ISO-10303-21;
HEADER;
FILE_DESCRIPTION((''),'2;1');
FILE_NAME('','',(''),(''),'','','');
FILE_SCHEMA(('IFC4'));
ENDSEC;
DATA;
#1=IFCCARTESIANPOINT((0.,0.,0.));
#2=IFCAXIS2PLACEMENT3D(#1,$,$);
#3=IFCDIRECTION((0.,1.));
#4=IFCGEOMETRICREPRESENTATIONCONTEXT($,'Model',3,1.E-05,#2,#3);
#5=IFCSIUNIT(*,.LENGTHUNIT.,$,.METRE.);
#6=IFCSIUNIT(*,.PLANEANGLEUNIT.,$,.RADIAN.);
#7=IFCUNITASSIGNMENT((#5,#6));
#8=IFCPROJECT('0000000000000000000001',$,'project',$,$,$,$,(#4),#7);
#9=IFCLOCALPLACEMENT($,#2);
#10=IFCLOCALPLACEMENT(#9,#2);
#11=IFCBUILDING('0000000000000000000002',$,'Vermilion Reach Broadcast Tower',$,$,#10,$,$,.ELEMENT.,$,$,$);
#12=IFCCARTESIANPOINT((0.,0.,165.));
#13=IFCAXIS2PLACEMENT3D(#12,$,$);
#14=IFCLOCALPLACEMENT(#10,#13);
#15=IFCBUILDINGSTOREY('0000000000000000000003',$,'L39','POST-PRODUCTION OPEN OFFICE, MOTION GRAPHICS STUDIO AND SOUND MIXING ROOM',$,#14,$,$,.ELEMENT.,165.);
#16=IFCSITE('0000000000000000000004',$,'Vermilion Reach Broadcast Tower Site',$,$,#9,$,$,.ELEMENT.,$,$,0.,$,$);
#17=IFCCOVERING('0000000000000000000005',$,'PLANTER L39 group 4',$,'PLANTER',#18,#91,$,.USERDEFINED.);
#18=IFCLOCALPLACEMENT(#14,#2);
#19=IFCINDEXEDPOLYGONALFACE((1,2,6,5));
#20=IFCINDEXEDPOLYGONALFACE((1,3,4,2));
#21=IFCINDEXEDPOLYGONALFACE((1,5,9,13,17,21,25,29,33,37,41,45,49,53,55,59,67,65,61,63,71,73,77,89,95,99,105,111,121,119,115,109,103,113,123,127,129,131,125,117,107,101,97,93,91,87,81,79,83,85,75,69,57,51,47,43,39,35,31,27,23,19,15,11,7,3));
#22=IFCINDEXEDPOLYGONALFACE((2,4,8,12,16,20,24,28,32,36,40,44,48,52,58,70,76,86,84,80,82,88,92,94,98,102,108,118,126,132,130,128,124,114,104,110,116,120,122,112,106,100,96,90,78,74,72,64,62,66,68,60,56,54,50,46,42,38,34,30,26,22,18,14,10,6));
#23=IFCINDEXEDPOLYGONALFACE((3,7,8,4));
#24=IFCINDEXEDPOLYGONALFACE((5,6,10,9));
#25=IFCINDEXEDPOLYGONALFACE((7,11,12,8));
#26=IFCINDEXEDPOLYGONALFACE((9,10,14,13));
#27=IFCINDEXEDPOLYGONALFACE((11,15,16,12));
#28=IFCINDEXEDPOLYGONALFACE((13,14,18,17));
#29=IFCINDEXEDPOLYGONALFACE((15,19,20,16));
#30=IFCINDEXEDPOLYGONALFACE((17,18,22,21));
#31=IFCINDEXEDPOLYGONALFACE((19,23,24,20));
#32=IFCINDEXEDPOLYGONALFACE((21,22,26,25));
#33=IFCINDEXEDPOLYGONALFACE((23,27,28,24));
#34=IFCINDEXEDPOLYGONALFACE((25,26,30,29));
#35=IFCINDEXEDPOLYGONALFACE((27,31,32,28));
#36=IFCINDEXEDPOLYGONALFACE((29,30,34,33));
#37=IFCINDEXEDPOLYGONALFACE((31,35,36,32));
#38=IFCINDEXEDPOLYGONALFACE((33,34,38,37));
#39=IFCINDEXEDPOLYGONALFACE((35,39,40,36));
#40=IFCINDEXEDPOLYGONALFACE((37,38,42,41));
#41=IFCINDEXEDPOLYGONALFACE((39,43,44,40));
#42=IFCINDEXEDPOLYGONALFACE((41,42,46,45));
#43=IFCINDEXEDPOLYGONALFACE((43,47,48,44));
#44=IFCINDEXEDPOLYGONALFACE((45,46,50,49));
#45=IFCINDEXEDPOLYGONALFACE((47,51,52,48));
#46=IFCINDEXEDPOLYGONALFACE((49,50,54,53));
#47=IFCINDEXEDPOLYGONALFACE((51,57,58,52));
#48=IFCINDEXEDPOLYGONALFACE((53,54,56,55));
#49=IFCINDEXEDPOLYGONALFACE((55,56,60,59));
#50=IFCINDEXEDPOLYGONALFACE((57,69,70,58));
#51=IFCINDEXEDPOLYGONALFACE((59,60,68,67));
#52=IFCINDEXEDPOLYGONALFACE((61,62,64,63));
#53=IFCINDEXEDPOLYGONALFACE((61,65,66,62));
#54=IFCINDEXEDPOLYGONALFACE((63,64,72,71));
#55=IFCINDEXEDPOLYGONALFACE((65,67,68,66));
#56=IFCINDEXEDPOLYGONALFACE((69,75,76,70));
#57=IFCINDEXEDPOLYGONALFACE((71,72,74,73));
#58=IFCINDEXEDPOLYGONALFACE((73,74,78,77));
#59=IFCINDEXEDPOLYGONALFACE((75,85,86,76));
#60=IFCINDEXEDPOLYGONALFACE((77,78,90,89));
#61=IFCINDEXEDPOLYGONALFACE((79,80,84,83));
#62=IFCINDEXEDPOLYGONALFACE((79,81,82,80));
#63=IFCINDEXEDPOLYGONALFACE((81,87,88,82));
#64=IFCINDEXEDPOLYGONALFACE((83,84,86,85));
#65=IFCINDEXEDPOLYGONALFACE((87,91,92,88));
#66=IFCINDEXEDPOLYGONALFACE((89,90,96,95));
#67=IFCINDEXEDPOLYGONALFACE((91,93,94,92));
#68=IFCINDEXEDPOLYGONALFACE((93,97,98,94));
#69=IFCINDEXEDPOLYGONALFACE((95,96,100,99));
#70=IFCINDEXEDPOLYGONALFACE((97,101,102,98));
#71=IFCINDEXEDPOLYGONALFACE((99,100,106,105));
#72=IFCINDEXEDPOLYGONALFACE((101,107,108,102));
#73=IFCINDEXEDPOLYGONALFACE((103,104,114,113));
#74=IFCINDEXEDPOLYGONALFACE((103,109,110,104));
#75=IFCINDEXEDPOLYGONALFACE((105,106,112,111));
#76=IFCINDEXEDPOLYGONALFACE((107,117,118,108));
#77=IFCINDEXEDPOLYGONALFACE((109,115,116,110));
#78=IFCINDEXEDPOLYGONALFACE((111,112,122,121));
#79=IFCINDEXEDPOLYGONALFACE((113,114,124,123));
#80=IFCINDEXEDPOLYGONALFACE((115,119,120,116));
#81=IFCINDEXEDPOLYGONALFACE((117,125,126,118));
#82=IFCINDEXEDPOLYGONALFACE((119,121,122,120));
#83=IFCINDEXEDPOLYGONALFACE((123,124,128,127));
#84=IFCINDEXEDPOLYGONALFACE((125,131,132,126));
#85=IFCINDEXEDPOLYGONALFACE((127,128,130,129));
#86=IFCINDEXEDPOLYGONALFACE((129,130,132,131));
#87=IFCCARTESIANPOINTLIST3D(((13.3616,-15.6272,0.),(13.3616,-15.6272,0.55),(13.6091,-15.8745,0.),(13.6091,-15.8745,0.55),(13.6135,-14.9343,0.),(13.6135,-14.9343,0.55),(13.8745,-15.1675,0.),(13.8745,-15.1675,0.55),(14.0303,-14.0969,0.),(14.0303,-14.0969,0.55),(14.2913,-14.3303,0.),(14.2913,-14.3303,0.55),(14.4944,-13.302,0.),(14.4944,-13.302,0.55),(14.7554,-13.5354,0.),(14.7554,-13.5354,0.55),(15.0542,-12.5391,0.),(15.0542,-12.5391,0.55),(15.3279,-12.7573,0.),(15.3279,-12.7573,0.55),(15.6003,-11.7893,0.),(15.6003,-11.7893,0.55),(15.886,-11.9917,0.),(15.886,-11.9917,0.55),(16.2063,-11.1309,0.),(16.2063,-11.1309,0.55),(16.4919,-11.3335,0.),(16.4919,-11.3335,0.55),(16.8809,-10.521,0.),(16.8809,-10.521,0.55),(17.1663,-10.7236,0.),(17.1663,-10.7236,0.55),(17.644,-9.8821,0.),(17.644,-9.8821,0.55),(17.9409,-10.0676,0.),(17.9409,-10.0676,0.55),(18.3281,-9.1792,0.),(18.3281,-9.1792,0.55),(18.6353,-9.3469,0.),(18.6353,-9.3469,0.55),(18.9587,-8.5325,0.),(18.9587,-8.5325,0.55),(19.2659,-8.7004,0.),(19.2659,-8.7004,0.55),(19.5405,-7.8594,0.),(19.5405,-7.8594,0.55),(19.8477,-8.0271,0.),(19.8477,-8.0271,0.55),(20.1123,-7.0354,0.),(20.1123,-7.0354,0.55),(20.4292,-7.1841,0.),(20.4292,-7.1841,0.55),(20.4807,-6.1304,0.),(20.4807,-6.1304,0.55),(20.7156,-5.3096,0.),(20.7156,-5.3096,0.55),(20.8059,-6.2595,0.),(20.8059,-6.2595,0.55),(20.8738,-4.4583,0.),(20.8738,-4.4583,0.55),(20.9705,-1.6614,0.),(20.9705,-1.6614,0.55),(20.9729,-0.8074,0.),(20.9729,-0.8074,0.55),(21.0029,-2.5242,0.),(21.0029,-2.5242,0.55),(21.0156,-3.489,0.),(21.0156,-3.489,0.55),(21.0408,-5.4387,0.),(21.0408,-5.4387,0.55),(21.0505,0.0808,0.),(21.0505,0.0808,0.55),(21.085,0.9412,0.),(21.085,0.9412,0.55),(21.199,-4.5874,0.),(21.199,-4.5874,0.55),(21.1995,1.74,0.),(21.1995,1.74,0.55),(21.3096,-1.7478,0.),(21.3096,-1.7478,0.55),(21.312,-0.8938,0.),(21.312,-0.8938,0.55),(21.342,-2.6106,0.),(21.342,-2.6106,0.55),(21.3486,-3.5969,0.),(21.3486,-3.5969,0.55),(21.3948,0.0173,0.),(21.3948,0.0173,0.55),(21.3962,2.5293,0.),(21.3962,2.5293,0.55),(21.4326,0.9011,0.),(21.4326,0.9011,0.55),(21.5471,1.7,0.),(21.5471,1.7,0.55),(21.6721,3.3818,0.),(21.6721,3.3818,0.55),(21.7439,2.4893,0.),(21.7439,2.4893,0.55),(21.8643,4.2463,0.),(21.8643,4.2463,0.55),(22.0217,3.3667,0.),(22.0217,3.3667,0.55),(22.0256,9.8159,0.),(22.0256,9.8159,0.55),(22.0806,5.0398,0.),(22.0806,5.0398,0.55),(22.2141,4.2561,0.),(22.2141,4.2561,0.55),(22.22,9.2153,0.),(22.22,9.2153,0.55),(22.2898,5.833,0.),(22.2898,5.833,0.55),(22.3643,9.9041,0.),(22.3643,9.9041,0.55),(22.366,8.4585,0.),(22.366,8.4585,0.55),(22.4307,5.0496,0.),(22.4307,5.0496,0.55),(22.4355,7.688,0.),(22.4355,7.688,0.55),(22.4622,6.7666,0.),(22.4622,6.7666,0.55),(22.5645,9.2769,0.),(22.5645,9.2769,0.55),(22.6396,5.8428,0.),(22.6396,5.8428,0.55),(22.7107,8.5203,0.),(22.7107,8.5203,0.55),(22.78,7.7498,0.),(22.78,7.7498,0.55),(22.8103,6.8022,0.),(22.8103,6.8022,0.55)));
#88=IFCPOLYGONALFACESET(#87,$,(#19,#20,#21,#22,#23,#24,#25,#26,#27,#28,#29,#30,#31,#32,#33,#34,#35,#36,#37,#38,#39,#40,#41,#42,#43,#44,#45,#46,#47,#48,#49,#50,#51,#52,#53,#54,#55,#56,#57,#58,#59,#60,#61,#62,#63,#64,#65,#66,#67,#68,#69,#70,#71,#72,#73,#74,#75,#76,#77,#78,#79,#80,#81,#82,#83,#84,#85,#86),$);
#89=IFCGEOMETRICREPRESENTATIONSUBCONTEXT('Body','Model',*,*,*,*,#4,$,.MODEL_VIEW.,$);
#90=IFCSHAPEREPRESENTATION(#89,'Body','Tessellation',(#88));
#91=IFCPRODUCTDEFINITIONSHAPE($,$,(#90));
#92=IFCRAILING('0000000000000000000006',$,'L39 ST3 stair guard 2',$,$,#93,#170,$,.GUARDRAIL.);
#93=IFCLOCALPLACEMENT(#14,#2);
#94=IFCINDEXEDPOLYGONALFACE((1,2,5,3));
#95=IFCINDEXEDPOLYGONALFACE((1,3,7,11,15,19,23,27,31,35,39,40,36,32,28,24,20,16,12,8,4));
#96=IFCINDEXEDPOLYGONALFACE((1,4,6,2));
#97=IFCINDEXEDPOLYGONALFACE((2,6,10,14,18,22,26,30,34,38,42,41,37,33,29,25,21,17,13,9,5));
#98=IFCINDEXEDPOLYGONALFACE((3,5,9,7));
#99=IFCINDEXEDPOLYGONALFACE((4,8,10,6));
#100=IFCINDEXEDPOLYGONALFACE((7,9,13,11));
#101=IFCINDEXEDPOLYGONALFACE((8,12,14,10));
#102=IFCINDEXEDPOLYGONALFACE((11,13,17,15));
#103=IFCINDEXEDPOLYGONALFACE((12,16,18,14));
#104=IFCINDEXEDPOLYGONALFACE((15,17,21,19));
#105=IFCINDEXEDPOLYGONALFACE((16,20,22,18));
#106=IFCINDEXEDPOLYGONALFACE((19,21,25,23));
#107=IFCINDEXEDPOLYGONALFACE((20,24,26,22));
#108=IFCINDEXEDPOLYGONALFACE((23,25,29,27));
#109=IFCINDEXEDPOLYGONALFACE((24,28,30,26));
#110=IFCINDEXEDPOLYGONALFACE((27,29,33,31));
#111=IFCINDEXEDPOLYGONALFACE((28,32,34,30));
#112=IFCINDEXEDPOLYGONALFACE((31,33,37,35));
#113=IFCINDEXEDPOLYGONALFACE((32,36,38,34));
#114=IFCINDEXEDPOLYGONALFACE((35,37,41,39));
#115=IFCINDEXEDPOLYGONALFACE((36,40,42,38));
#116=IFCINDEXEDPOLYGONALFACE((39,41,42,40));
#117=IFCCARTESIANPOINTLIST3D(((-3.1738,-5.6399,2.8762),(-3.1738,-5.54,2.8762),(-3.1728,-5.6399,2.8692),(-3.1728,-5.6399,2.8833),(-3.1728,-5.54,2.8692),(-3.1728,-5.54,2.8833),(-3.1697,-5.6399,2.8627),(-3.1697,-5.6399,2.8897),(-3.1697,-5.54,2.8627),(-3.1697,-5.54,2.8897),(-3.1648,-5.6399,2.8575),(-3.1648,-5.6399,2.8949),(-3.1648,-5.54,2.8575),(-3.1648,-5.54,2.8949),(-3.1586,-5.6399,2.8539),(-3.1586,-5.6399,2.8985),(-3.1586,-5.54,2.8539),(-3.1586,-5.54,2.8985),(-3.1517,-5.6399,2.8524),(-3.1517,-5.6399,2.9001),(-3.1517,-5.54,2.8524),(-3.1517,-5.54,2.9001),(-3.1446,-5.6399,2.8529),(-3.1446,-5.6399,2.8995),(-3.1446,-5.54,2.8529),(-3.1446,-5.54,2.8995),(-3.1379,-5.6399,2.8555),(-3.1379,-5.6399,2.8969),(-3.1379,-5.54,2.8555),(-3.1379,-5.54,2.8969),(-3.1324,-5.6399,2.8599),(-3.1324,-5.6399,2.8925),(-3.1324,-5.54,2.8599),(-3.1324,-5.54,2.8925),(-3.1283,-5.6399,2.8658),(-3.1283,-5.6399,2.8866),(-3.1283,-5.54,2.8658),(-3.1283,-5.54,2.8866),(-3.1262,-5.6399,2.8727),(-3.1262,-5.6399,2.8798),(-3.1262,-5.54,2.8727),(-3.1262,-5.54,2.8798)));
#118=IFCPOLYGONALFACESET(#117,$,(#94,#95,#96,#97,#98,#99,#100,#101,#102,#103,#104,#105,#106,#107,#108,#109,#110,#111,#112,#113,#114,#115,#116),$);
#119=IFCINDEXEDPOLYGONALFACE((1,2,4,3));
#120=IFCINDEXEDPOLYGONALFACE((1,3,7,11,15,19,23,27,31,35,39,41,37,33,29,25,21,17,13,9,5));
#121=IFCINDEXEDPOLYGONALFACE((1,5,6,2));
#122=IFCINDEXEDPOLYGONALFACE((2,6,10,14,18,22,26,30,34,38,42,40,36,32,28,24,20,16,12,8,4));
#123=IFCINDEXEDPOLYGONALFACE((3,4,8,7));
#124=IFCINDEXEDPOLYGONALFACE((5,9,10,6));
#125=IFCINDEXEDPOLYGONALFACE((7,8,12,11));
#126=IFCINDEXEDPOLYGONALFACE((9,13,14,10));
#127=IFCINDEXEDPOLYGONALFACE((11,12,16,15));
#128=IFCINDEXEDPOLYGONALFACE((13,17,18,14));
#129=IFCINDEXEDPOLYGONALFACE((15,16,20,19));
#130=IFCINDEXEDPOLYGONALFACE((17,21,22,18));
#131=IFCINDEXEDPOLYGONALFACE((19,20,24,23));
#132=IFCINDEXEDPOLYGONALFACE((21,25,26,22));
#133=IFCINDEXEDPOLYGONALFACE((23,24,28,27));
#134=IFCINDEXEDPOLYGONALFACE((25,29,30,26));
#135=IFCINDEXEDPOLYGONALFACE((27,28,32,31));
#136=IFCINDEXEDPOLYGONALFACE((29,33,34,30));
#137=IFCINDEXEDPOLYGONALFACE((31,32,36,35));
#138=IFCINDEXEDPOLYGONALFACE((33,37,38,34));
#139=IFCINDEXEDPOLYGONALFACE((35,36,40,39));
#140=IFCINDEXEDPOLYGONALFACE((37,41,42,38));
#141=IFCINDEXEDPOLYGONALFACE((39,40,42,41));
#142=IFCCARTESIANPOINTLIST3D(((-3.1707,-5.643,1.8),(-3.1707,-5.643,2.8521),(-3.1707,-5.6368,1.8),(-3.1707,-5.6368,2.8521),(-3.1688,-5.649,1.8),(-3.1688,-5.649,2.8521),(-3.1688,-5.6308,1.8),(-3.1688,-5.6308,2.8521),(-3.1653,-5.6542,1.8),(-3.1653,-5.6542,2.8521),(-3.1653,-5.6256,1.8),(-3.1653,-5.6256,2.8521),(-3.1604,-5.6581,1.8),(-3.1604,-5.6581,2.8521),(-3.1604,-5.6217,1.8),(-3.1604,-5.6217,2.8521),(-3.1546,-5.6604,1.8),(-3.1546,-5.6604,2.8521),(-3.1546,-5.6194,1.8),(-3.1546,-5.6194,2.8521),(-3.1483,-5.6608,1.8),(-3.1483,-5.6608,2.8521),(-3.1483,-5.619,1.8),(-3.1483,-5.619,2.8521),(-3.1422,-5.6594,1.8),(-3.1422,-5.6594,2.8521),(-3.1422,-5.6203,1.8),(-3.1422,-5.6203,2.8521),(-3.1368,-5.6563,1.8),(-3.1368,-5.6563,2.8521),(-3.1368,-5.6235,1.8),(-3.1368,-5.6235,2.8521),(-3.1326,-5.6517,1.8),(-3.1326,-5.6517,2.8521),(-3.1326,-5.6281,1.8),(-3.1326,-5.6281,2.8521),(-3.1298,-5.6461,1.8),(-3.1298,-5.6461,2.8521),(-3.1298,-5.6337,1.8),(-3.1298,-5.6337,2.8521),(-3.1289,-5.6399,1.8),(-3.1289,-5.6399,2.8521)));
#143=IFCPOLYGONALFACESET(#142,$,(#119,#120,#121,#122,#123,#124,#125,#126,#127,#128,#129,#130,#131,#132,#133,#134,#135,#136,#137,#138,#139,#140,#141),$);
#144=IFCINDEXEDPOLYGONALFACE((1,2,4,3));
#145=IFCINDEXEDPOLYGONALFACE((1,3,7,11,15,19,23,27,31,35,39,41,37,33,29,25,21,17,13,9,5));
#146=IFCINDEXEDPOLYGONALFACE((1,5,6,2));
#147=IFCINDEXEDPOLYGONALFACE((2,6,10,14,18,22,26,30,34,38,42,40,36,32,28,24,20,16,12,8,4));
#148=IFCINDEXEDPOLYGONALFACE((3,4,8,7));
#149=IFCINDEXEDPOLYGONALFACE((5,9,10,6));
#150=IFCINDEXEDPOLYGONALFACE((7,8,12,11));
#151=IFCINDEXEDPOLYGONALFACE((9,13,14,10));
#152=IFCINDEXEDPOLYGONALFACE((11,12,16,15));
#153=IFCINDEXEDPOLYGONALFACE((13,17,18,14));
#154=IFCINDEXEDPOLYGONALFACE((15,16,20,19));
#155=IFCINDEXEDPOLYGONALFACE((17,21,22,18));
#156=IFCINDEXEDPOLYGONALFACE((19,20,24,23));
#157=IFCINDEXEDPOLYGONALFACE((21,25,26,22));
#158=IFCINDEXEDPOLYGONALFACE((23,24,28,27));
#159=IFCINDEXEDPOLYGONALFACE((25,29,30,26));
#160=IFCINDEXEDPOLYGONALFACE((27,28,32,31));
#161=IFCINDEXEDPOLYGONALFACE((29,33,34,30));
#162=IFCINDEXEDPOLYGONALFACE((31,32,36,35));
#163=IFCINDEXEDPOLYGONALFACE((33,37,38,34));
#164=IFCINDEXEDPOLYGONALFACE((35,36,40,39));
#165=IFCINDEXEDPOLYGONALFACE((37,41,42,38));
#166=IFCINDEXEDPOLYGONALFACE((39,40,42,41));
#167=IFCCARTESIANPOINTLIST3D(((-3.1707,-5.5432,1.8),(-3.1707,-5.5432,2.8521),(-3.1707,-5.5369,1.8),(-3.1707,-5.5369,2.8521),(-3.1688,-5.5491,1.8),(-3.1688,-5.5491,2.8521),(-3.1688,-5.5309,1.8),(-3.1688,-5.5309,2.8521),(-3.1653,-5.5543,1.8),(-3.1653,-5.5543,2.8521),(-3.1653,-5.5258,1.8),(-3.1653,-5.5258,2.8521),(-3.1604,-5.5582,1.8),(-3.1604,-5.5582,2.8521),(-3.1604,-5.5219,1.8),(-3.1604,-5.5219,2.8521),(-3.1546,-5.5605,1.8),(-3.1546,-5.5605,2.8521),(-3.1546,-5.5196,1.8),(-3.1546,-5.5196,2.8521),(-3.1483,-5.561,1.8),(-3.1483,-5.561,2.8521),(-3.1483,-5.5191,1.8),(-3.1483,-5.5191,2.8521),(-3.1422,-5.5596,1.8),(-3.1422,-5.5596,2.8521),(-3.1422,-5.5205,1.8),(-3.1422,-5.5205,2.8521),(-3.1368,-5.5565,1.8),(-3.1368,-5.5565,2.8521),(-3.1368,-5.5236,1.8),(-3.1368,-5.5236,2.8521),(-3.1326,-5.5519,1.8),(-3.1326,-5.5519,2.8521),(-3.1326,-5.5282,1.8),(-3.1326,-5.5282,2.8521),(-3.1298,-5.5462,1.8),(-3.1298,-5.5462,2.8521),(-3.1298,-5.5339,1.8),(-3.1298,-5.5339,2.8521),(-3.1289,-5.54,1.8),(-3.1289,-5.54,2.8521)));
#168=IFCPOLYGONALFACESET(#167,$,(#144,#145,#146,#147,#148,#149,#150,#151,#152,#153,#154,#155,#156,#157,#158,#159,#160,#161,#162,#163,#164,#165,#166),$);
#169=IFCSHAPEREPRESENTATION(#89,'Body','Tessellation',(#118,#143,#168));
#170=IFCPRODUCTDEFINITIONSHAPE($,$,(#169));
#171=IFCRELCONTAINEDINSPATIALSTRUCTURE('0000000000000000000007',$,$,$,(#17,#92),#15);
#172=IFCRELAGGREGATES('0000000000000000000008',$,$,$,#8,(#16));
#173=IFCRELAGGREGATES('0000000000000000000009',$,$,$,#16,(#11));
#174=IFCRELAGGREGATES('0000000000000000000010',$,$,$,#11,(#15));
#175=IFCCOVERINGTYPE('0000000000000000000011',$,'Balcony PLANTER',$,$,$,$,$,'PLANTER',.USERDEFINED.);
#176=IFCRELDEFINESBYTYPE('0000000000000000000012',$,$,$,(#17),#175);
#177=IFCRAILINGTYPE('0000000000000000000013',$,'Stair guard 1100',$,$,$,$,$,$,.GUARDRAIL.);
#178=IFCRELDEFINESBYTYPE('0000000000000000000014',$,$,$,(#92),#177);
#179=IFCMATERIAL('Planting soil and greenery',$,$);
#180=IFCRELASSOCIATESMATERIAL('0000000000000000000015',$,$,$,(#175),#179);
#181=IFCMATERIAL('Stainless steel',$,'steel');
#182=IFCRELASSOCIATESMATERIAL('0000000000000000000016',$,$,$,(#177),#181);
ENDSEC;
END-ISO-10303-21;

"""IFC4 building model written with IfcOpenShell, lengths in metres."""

from ifc_helpers import new_model, si_unit, direction, frame, origin, origin_2d, place, context, subcontext, project, spatial, polyline, circle, outline, extrude, material, type_object, element, save


model = new_model("IFC4")

# Units and contexts
model_context = context("Model", 3, precision=1e-05, world=origin(), true_north=direction((0.0, 1.0)))
body_context = subcontext(model_context, "Body", "Model", "MODEL_VIEW")
ifc_project = project(units=[si_unit("LENGTHUNIT", "METRE"), si_unit("PLANEANGLEUNIT", "RADIAN")], contexts=[model_context])

# Site, building, storey
site_placement = place(None, origin())
site = spatial("IfcSite", under=ifc_project, at=site_placement, Name="Vermilion Reach Broadcast Tower Site", CompositionType="ELEMENT", RefElevation=0.0)
building_placement = place(site_placement, origin())
building = spatial("IfcBuilding", under=site, at=building_placement, Name="Vermilion Reach Broadcast Tower", CompositionType="ELEMENT")
storey_placement = place(building_placement, frame((0.0, 0.0, 165.0)))
storey = spatial("IfcBuildingStorey", under=building, at=storey_placement, Name="L39", Description="POST-PRODUCTION OPEN OFFICE, MOTION GRAPHICS STUDIO AND SOUND MIXING ROOM", CompositionType="ELEMENT", Elevation=165.0)

# Shared definitions
placement_1 = place(storey_placement, origin())

# Covering
ifc_material_1 = material(Name="Planting soil and greenery")
covering_type = type_object("IfcCoveringType", Name="Balcony PLANTER", ElementType="PLANTER", PredefinedType="USERDEFINED", material=ifc_material_1)
element("IfcCovering", 1, at=placement_1, inside=storey, type_object=covering_type, Name="PLANTER L39 group 4", ObjectType="PLANTER", PredefinedType="USERDEFINED", context=body_context, shape_type="SweptSolid", body=[
    extrude(outline(polyline([(13.6091, -15.8745), (13.8745, -15.1675), (14.2913, -14.3303), (14.7554, -13.5354), (15.3279, -12.7573), (15.886, -11.9917), (16.4919, -11.3335), (17.1663, -10.7236), (17.9409, -10.0676), (18.6353, -9.3469), (19.2659, -8.7004), (19.8477, -8.0271), (20.4292, -7.1841), (20.8059, -6.2595), (21.0408, -5.4387), (21.199, -4.5874), (21.3486, -3.5969), (21.342, -2.6106), (21.3096, -1.7478), (21.312, -0.8938), (21.3948, 0.0173), (21.4326, 0.9011), (21.5471, 1.7), (21.7439, 2.4893), (22.0217, 3.3667), (22.2141, 4.2561), (22.4307, 5.0496), (22.6396, 5.8428), (22.8103, 6.8022), (22.78, 7.7498), (22.7107, 8.5203), (22.5645, 9.2769), (22.3643, 9.9041), (22.0256, 9.8159), (22.22, 9.2153), (22.366, 8.4585), (22.4355, 7.688), (22.4622, 6.7666), (22.2898, 5.833), (22.0806, 5.0398), (21.8643, 4.2463), (21.6721, 3.3818), (21.3962, 2.5293), (21.1995, 1.74), (21.085, 0.9412), (21.0505, 0.0808), (20.9729, -0.8074), (20.9705, -1.6614), (21.0029, -2.5242), (21.0156, -3.489), (20.8738, -4.4583), (20.7156, -5.3096), (20.4807, -6.1304), (20.1123, -7.0354), (19.5405, -7.8594), (18.9587, -8.5325), (18.3281, -9.1792), (17.644, -9.8821), (16.8809, -10.521), (16.2063, -11.1309), (15.6003, -11.7893), (15.0542, -12.5391), (14.4944, -13.302), (14.0303, -14.0969), (13.6135, -14.9343), (13.3616, -15.6272), (13.6091, -15.8745)])), origin(), (0.0, 0.0, 1.0), 0.55),
])

# Railing
ifc_material_2 = material(Name="Stainless steel", Category="steel")
railing_type_1 = type_object("IfcRailingType", Name="Stair guard 1100", PredefinedType="GUARDRAIL", material=ifc_material_2)
railing_1_placement = place(storey_placement, frame((-3.1499, -5.6399, 1.8)))
element("IfcRailing", 2, at=railing_1_placement, inside=storey, type_object=railing_type_1, Name="L39 ST3 stair guard 2", PredefinedType="GUARDRAIL", context=body_context, shape_type="SweptSolid", body=[
    extrude(circle(Radius=0.0239, at=origin_2d()), frame((0.0, 0.0, 1.0762), z_axis=(0.0, 1.0, 0.0), x_axis=(-1.0, 0.0, 0.0)), (0.0, 0.0, 1.0), 0.0999),
    extrude(circle(Radius=0.021, at=origin_2d()), origin(), (0.0, 0.0, 1.0), 1.052),
    extrude(circle(Radius=0.021, at=origin_2d()), frame((0.0, 0.0999, 0.0)), (0.0, 0.0, 1.0), 1.052),
])

save(model, "model.ifc")
